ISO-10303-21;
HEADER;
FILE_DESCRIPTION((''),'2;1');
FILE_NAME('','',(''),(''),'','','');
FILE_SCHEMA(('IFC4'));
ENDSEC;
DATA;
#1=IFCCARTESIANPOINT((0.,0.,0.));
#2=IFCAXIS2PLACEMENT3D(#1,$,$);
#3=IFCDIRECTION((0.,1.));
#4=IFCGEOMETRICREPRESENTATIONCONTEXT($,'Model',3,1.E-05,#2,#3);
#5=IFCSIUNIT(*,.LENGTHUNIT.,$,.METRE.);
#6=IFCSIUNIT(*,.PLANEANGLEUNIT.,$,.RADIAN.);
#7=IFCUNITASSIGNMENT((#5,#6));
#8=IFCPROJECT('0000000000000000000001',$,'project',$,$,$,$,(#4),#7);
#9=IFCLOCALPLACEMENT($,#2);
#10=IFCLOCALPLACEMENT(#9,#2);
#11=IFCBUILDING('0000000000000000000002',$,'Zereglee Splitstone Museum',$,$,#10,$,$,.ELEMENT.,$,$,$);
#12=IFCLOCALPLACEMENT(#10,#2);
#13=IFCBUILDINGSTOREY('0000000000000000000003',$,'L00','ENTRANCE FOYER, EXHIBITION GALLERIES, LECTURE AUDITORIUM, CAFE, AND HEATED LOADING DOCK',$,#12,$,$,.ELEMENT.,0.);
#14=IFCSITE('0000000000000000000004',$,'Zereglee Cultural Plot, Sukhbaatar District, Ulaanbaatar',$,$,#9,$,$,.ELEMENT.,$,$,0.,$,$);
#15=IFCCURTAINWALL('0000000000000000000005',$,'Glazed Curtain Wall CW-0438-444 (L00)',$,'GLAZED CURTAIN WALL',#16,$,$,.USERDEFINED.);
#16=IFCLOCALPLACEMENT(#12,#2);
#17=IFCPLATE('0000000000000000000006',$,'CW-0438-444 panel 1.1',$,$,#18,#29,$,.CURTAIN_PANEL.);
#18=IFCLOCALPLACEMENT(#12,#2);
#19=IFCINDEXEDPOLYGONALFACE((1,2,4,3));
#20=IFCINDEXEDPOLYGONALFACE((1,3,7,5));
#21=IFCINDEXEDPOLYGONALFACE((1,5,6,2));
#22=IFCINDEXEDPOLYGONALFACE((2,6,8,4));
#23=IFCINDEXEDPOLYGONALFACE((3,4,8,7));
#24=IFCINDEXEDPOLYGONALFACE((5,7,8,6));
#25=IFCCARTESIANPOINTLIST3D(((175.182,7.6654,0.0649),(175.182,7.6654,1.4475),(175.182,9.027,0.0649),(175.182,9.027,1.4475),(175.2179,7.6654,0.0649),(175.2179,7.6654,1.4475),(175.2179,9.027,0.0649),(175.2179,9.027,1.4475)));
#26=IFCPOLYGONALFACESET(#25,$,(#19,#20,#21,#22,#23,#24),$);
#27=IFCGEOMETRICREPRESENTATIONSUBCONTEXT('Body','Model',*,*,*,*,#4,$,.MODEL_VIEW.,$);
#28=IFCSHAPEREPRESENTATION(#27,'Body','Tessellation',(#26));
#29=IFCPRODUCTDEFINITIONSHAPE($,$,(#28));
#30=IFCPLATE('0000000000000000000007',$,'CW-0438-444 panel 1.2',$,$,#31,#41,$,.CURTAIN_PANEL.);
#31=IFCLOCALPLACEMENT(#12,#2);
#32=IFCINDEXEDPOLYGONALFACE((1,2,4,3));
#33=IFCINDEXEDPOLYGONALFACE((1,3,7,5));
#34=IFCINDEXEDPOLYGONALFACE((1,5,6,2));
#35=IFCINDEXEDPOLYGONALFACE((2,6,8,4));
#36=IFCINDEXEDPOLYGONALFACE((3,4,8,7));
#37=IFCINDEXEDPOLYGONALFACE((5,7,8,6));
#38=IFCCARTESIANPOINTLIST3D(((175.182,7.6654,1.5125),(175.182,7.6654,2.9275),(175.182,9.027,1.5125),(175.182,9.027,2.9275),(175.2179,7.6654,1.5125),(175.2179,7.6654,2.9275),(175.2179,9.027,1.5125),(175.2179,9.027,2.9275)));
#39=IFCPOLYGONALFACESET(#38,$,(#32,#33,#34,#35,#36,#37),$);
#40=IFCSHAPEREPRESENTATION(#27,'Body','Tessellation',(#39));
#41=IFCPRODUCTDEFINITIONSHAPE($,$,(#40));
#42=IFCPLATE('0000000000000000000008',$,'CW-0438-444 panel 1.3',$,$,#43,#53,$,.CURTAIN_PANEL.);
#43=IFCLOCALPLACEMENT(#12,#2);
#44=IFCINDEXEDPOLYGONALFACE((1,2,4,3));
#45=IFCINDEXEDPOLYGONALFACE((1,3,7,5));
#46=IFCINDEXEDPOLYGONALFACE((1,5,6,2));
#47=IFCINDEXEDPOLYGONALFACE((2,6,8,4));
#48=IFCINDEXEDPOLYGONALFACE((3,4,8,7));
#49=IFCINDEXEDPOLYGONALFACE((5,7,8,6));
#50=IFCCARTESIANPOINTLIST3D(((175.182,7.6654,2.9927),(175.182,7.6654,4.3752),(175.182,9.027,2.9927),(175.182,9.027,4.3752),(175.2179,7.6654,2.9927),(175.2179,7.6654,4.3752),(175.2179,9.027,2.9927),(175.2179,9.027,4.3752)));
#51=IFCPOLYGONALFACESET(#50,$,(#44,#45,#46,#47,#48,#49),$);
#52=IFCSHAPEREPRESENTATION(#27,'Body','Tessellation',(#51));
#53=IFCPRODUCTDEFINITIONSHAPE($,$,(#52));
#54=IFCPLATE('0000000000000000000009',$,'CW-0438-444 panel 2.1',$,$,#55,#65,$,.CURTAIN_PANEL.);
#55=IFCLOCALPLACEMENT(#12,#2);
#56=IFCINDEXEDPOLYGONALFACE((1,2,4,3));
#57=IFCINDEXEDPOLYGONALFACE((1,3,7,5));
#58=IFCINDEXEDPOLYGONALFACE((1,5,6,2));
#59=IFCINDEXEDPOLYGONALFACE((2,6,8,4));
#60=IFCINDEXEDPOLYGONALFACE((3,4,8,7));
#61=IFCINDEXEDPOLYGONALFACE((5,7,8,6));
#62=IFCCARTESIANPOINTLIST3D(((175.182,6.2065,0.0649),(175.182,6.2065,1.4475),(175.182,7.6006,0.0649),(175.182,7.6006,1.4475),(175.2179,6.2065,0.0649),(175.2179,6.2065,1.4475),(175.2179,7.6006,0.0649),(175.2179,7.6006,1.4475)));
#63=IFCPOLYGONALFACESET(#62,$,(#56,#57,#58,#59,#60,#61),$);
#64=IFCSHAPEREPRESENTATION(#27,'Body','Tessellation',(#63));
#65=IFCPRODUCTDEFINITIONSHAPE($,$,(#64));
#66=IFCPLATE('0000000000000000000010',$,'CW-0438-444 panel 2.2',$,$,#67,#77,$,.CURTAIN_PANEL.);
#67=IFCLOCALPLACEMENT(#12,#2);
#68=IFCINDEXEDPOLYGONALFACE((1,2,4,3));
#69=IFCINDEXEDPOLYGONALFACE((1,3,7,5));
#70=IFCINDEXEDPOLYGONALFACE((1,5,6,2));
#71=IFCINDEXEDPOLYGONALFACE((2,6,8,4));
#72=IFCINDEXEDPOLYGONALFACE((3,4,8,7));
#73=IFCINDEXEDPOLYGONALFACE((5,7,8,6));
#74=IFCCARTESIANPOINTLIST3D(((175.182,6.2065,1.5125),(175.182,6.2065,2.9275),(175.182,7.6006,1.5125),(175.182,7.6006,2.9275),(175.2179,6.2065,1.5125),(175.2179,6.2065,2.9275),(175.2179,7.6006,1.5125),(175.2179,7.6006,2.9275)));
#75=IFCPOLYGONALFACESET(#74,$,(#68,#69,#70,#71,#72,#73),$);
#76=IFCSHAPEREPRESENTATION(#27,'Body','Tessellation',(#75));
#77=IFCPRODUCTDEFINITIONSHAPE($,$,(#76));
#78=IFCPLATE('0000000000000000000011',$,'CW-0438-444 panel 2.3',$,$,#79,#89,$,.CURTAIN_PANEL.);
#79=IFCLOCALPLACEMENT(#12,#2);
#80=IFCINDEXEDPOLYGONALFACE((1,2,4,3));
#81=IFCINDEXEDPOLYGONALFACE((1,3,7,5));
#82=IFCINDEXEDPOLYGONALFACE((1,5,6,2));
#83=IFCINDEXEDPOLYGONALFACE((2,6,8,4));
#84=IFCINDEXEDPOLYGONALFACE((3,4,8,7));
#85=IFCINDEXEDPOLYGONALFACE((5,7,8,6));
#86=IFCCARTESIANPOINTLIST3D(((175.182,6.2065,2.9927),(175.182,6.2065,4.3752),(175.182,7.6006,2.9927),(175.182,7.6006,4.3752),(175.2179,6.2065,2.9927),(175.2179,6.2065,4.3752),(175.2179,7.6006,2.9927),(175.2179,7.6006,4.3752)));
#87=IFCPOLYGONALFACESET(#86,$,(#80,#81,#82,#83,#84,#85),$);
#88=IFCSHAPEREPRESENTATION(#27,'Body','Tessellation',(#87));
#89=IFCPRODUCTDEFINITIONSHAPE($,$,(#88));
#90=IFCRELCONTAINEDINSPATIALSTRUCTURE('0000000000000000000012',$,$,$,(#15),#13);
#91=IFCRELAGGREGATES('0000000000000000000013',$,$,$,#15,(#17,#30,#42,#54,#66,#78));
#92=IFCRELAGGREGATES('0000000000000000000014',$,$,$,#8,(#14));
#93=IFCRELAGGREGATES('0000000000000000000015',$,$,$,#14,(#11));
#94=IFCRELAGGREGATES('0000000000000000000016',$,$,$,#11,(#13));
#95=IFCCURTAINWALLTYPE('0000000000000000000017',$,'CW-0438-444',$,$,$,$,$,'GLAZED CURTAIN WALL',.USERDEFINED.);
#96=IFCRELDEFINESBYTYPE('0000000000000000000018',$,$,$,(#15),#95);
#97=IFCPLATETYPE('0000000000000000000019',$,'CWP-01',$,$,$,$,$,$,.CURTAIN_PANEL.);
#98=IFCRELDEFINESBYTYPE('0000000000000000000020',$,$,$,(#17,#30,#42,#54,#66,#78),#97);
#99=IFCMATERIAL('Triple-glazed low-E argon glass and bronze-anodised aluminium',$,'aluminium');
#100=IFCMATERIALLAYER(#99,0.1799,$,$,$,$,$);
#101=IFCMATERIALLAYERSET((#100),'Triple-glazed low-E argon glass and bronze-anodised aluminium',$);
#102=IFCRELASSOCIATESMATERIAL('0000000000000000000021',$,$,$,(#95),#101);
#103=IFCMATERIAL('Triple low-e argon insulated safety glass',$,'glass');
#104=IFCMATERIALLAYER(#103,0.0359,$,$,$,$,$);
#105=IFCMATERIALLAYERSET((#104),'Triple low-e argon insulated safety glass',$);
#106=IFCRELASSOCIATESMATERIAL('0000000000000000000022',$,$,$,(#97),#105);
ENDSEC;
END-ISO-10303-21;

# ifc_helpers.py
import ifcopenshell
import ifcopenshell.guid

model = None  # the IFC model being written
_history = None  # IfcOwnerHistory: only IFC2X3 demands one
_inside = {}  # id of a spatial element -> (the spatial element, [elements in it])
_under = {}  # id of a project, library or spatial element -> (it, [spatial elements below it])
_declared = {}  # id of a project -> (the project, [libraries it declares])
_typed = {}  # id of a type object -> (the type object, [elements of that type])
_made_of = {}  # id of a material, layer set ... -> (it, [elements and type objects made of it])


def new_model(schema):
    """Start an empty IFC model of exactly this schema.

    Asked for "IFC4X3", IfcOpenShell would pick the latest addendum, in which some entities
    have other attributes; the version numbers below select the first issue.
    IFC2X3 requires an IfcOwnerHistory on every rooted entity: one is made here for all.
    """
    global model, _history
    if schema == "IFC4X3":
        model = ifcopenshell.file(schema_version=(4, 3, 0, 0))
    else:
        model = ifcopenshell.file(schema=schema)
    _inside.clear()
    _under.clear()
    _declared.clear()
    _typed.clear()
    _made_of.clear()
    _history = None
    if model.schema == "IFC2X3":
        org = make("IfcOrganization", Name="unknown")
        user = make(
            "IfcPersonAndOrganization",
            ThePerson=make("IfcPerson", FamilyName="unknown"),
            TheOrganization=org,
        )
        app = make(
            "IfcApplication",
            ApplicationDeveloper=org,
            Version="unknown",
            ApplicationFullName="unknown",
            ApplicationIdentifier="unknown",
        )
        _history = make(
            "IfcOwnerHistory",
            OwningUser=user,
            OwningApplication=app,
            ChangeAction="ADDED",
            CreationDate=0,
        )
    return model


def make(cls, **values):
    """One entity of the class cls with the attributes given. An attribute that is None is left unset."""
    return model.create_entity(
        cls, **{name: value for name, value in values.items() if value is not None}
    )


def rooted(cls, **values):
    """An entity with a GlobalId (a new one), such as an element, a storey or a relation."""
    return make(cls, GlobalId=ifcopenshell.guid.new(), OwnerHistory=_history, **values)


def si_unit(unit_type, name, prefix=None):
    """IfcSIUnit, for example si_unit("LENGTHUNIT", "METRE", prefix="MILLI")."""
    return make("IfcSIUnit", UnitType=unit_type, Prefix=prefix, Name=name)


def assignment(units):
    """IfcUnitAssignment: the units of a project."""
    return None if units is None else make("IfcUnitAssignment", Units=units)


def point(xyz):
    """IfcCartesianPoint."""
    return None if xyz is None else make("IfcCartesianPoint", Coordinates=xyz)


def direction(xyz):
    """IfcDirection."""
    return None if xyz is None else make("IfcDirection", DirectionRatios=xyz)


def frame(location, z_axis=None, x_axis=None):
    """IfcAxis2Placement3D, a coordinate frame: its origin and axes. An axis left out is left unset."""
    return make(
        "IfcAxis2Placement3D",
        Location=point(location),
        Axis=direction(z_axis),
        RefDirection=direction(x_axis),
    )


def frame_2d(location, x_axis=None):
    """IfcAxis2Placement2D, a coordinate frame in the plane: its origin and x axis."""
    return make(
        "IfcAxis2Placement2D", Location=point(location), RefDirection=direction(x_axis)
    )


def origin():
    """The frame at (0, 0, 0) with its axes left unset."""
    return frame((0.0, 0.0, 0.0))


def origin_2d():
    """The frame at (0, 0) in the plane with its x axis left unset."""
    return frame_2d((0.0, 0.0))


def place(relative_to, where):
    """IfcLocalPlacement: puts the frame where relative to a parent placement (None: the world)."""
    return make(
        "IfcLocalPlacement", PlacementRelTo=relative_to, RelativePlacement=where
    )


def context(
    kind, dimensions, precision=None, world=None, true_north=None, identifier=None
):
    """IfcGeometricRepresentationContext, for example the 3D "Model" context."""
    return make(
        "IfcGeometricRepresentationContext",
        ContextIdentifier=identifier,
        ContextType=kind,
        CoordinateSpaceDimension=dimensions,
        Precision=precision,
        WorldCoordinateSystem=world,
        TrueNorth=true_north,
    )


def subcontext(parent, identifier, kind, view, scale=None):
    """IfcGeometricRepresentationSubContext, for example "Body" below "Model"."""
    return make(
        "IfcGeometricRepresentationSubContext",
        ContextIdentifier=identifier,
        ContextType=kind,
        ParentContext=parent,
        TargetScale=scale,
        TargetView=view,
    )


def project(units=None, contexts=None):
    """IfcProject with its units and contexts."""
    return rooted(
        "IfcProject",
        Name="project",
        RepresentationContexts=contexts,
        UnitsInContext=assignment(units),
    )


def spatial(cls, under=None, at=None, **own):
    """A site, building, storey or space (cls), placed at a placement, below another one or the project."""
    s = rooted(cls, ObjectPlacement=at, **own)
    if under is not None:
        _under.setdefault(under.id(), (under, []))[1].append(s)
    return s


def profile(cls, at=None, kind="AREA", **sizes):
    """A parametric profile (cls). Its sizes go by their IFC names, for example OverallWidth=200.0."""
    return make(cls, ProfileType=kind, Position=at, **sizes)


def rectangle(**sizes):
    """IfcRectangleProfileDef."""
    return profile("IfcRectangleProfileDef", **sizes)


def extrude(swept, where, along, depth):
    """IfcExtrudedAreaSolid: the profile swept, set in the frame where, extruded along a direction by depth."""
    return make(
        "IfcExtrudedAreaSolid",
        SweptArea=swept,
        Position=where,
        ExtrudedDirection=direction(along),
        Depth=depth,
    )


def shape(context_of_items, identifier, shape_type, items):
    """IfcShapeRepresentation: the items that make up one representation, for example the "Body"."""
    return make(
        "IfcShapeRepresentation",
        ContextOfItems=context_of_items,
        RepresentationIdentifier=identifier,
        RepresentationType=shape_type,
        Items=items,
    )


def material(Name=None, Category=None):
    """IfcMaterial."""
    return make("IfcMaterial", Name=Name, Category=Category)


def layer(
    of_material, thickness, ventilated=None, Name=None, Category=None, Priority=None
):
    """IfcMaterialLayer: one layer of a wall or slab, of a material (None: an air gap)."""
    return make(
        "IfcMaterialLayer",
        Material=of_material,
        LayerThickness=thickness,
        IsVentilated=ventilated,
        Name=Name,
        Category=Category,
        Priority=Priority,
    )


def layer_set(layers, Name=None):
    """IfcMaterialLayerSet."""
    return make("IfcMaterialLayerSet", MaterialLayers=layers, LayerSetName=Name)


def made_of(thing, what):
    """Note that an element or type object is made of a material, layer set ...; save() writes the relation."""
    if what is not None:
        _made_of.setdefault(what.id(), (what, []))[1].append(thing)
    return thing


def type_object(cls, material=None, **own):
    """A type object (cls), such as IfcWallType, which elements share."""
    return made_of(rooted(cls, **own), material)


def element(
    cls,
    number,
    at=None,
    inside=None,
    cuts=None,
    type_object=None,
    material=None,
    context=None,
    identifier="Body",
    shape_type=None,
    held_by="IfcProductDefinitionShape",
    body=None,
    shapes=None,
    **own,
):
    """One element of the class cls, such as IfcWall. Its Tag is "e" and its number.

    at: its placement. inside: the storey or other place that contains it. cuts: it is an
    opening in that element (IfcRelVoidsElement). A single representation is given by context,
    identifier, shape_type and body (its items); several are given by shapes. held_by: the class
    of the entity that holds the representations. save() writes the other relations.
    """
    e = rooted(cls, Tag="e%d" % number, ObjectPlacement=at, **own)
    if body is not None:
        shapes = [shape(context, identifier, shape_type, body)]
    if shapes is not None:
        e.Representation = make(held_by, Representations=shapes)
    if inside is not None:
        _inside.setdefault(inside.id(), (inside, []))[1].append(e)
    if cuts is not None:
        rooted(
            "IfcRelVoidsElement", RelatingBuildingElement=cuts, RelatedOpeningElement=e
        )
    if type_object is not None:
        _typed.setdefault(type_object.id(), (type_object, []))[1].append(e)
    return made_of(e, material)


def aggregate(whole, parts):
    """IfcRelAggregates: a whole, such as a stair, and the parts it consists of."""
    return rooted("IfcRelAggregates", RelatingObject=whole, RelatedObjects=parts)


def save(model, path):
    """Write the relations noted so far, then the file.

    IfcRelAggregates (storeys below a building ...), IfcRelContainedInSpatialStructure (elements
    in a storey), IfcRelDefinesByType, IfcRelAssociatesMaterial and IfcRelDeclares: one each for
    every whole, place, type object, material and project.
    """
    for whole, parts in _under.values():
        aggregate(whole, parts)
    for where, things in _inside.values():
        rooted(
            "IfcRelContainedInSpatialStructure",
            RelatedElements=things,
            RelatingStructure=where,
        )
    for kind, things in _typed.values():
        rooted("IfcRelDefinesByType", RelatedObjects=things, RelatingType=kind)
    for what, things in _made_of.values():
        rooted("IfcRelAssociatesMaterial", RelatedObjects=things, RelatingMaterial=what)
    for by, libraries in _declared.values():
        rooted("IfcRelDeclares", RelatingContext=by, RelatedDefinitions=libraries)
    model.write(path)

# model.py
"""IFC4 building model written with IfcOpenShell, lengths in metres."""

from ifc_helpers import new_model, si_unit, direction, frame, origin, origin_2d, place, context, subcontext, project, spatial, rectangle, extrude, material, layer, layer_set, type_object, element, aggregate, save


model = new_model("IFC4")

# Units and contexts
model_context = context("Model", 3, precision=1e-05, world=origin(), true_north=direction((0.0, 1.0)))
body_context = subcontext(model_context, "Body", "Model", "MODEL_VIEW")
ifc_project = project(units=[si_unit("LENGTHUNIT", "METRE"), si_unit("PLANEANGLEUNIT", "RADIAN")], contexts=[model_context])

# Site, building, storey
site_placement = place(None, origin())
site = spatial("IfcSite", under=ifc_project, at=site_placement, Name="Zereglee Cultural Plot, Sukhbaatar District, Ulaanbaatar", CompositionType="ELEMENT", RefElevation=0.0)
building_placement = place(site_placement, origin())
building = spatial("IfcBuilding", under=site, at=building_placement, Name="Zereglee Splitstone Museum", CompositionType="ELEMENT")
storey_placement = place(building_placement, origin())
storey = spatial("IfcBuildingStorey", under=building, at=storey_placement, Name="L00", Description="ENTRANCE FOYER, EXHIBITION GALLERIES, LECTURE AUDITORIUM, CAFE, AND HEATED LOADING DOCK", CompositionType="ELEMENT", Elevation=0.0)

# Curtain wall, plates
ifc_material_1 = material(Name="Triple-glazed low-E argon glass and bronze-anodised aluminium", Category="aluminium")
ifc_layer_1 = layer(ifc_material_1, 0.1799)
ifc_layer_set_1 = layer_set([ifc_layer_1], Name="Triple-glazed low-E argon glass and bronze-anodised aluminium")
curtain_wall_type = type_object("IfcCurtainWallType", Name="CW-0438-444", ElementType="GLAZED CURTAIN WALL", PredefinedType="USERDEFINED", material=ifc_layer_set_1)
curtain_wall_placement = place(storey_placement, origin())
curtain_wall = element("IfcCurtainWall", 1, at=curtain_wall_placement, inside=storey, type_object=curtain_wall_type, Name="Glazed Curtain Wall CW-0438-444 (L00)", ObjectType="GLAZED CURTAIN WALL", PredefinedType="USERDEFINED")
ifc_material_2 = material(Name="Triple low-e argon insulated safety glass", Category="glass")
ifc_layer_2 = layer(ifc_material_2, 0.0359)
ifc_layer_set_2 = layer_set([ifc_layer_2], Name="Triple low-e argon insulated safety glass")
plate_type = type_object("IfcPlateType", Name="CWP-01", PredefinedType="CURTAIN_PANEL", material=ifc_layer_set_2)
plate_1_placement = place(storey_placement, frame((175.2, 8.3462, 0.0649), z_axis=(0.0, 0.0, 1.0), x_axis=(0.0, -1.0, 0.0)))
plate_1 = element("IfcPlate", 2, at=plate_1_placement, type_object=plate_type, Name="CW-0438-444 panel 1.1", PredefinedType="CURTAIN_PANEL", context=body_context, shape_type="SweptSolid", body=[
    extrude(rectangle(XDim=1.3616, YDim=0.0359, at=origin_2d()), origin(), (0.0, 0.0, 1.0), 1.3826),
])
plate_2_placement = place(storey_placement, frame((175.2, 8.3462, 1.5125), z_axis=(0.0, 0.0, 1.0), x_axis=(0.0, -1.0, 0.0)))
plate_2 = element("IfcPlate", 3, at=plate_2_placement, type_object=plate_type, Name="CW-0438-444 panel 1.2", PredefinedType="CURTAIN_PANEL", context=body_context, shape_type="SweptSolid", body=[
    extrude(rectangle(XDim=1.3616, YDim=0.0359, at=origin_2d()), origin(), (0.0, 0.0, 1.0), 1.415),
])
plate_3_placement = place(storey_placement, frame((175.2, 8.3462, 2.9927), z_axis=(0.0, 0.0, 1.0), x_axis=(0.0, -1.0, 0.0)))
plate_3 = element("IfcPlate", 4, at=plate_3_placement, type_object=plate_type, Name="CW-0438-444 panel 1.3", PredefinedType="CURTAIN_PANEL", context=body_context, shape_type="SweptSolid", body=[
    extrude(rectangle(XDim=1.3616, YDim=0.0359, at=origin_2d()), origin(), (0.0, 0.0, 1.0), 1.3826),
])
plate_4_placement = place(storey_placement, frame((175.2, 6.9036, 0.0649), z_axis=(0.0, 0.0, 1.0), x_axis=(0.0, -1.0, 0.0)))
plate_4 = element("IfcPlate", 5, at=plate_4_placement, type_object=plate_type, Name="CW-0438-444 panel 2.1", PredefinedType="CURTAIN_PANEL", context=body_context, shape_type="SweptSolid", body=[
    extrude(rectangle(XDim=1.394, YDim=0.0359, at=origin_2d()), origin(), (0.0, 0.0, 1.0), 1.3826),
])
plate_5_placement = place(storey_placement, frame((175.2, 6.9036, 1.5125), z_axis=(0.0, 0.0, 1.0), x_axis=(0.0, -1.0, 0.0)))
plate_5 = element("IfcPlate", 6, at=plate_5_placement, type_object=plate_type, Name="CW-0438-444 panel 2.2", PredefinedType="CURTAIN_PANEL", context=body_context, shape_type="SweptSolid", body=[
    extrude(rectangle(XDim=1.394, YDim=0.0359, at=origin_2d()), origin(), (0.0, 0.0, 1.0), 1.415),
])
plate_6_placement = place(storey_placement, frame((175.2, 6.9036, 2.9927), z_axis=(0.0, 0.0, 1.0), x_axis=(0.0, -1.0, 0.0)))
plate_6 = element("IfcPlate", 7, at=plate_6_placement, type_object=plate_type, Name="CW-0438-444 panel 2.3", PredefinedType="CURTAIN_PANEL", context=body_context, shape_type="SweptSolid", body=[
    extrude(rectangle(XDim=1.394, YDim=0.0359, at=origin_2d()), origin(), (0.0, 0.0, 1.0), 1.3826),
])
aggregate(curtain_wall, [plate_1, plate_2, plate_3, plate_4, plate_5, plate_6])

save(model, "model.ifc")
